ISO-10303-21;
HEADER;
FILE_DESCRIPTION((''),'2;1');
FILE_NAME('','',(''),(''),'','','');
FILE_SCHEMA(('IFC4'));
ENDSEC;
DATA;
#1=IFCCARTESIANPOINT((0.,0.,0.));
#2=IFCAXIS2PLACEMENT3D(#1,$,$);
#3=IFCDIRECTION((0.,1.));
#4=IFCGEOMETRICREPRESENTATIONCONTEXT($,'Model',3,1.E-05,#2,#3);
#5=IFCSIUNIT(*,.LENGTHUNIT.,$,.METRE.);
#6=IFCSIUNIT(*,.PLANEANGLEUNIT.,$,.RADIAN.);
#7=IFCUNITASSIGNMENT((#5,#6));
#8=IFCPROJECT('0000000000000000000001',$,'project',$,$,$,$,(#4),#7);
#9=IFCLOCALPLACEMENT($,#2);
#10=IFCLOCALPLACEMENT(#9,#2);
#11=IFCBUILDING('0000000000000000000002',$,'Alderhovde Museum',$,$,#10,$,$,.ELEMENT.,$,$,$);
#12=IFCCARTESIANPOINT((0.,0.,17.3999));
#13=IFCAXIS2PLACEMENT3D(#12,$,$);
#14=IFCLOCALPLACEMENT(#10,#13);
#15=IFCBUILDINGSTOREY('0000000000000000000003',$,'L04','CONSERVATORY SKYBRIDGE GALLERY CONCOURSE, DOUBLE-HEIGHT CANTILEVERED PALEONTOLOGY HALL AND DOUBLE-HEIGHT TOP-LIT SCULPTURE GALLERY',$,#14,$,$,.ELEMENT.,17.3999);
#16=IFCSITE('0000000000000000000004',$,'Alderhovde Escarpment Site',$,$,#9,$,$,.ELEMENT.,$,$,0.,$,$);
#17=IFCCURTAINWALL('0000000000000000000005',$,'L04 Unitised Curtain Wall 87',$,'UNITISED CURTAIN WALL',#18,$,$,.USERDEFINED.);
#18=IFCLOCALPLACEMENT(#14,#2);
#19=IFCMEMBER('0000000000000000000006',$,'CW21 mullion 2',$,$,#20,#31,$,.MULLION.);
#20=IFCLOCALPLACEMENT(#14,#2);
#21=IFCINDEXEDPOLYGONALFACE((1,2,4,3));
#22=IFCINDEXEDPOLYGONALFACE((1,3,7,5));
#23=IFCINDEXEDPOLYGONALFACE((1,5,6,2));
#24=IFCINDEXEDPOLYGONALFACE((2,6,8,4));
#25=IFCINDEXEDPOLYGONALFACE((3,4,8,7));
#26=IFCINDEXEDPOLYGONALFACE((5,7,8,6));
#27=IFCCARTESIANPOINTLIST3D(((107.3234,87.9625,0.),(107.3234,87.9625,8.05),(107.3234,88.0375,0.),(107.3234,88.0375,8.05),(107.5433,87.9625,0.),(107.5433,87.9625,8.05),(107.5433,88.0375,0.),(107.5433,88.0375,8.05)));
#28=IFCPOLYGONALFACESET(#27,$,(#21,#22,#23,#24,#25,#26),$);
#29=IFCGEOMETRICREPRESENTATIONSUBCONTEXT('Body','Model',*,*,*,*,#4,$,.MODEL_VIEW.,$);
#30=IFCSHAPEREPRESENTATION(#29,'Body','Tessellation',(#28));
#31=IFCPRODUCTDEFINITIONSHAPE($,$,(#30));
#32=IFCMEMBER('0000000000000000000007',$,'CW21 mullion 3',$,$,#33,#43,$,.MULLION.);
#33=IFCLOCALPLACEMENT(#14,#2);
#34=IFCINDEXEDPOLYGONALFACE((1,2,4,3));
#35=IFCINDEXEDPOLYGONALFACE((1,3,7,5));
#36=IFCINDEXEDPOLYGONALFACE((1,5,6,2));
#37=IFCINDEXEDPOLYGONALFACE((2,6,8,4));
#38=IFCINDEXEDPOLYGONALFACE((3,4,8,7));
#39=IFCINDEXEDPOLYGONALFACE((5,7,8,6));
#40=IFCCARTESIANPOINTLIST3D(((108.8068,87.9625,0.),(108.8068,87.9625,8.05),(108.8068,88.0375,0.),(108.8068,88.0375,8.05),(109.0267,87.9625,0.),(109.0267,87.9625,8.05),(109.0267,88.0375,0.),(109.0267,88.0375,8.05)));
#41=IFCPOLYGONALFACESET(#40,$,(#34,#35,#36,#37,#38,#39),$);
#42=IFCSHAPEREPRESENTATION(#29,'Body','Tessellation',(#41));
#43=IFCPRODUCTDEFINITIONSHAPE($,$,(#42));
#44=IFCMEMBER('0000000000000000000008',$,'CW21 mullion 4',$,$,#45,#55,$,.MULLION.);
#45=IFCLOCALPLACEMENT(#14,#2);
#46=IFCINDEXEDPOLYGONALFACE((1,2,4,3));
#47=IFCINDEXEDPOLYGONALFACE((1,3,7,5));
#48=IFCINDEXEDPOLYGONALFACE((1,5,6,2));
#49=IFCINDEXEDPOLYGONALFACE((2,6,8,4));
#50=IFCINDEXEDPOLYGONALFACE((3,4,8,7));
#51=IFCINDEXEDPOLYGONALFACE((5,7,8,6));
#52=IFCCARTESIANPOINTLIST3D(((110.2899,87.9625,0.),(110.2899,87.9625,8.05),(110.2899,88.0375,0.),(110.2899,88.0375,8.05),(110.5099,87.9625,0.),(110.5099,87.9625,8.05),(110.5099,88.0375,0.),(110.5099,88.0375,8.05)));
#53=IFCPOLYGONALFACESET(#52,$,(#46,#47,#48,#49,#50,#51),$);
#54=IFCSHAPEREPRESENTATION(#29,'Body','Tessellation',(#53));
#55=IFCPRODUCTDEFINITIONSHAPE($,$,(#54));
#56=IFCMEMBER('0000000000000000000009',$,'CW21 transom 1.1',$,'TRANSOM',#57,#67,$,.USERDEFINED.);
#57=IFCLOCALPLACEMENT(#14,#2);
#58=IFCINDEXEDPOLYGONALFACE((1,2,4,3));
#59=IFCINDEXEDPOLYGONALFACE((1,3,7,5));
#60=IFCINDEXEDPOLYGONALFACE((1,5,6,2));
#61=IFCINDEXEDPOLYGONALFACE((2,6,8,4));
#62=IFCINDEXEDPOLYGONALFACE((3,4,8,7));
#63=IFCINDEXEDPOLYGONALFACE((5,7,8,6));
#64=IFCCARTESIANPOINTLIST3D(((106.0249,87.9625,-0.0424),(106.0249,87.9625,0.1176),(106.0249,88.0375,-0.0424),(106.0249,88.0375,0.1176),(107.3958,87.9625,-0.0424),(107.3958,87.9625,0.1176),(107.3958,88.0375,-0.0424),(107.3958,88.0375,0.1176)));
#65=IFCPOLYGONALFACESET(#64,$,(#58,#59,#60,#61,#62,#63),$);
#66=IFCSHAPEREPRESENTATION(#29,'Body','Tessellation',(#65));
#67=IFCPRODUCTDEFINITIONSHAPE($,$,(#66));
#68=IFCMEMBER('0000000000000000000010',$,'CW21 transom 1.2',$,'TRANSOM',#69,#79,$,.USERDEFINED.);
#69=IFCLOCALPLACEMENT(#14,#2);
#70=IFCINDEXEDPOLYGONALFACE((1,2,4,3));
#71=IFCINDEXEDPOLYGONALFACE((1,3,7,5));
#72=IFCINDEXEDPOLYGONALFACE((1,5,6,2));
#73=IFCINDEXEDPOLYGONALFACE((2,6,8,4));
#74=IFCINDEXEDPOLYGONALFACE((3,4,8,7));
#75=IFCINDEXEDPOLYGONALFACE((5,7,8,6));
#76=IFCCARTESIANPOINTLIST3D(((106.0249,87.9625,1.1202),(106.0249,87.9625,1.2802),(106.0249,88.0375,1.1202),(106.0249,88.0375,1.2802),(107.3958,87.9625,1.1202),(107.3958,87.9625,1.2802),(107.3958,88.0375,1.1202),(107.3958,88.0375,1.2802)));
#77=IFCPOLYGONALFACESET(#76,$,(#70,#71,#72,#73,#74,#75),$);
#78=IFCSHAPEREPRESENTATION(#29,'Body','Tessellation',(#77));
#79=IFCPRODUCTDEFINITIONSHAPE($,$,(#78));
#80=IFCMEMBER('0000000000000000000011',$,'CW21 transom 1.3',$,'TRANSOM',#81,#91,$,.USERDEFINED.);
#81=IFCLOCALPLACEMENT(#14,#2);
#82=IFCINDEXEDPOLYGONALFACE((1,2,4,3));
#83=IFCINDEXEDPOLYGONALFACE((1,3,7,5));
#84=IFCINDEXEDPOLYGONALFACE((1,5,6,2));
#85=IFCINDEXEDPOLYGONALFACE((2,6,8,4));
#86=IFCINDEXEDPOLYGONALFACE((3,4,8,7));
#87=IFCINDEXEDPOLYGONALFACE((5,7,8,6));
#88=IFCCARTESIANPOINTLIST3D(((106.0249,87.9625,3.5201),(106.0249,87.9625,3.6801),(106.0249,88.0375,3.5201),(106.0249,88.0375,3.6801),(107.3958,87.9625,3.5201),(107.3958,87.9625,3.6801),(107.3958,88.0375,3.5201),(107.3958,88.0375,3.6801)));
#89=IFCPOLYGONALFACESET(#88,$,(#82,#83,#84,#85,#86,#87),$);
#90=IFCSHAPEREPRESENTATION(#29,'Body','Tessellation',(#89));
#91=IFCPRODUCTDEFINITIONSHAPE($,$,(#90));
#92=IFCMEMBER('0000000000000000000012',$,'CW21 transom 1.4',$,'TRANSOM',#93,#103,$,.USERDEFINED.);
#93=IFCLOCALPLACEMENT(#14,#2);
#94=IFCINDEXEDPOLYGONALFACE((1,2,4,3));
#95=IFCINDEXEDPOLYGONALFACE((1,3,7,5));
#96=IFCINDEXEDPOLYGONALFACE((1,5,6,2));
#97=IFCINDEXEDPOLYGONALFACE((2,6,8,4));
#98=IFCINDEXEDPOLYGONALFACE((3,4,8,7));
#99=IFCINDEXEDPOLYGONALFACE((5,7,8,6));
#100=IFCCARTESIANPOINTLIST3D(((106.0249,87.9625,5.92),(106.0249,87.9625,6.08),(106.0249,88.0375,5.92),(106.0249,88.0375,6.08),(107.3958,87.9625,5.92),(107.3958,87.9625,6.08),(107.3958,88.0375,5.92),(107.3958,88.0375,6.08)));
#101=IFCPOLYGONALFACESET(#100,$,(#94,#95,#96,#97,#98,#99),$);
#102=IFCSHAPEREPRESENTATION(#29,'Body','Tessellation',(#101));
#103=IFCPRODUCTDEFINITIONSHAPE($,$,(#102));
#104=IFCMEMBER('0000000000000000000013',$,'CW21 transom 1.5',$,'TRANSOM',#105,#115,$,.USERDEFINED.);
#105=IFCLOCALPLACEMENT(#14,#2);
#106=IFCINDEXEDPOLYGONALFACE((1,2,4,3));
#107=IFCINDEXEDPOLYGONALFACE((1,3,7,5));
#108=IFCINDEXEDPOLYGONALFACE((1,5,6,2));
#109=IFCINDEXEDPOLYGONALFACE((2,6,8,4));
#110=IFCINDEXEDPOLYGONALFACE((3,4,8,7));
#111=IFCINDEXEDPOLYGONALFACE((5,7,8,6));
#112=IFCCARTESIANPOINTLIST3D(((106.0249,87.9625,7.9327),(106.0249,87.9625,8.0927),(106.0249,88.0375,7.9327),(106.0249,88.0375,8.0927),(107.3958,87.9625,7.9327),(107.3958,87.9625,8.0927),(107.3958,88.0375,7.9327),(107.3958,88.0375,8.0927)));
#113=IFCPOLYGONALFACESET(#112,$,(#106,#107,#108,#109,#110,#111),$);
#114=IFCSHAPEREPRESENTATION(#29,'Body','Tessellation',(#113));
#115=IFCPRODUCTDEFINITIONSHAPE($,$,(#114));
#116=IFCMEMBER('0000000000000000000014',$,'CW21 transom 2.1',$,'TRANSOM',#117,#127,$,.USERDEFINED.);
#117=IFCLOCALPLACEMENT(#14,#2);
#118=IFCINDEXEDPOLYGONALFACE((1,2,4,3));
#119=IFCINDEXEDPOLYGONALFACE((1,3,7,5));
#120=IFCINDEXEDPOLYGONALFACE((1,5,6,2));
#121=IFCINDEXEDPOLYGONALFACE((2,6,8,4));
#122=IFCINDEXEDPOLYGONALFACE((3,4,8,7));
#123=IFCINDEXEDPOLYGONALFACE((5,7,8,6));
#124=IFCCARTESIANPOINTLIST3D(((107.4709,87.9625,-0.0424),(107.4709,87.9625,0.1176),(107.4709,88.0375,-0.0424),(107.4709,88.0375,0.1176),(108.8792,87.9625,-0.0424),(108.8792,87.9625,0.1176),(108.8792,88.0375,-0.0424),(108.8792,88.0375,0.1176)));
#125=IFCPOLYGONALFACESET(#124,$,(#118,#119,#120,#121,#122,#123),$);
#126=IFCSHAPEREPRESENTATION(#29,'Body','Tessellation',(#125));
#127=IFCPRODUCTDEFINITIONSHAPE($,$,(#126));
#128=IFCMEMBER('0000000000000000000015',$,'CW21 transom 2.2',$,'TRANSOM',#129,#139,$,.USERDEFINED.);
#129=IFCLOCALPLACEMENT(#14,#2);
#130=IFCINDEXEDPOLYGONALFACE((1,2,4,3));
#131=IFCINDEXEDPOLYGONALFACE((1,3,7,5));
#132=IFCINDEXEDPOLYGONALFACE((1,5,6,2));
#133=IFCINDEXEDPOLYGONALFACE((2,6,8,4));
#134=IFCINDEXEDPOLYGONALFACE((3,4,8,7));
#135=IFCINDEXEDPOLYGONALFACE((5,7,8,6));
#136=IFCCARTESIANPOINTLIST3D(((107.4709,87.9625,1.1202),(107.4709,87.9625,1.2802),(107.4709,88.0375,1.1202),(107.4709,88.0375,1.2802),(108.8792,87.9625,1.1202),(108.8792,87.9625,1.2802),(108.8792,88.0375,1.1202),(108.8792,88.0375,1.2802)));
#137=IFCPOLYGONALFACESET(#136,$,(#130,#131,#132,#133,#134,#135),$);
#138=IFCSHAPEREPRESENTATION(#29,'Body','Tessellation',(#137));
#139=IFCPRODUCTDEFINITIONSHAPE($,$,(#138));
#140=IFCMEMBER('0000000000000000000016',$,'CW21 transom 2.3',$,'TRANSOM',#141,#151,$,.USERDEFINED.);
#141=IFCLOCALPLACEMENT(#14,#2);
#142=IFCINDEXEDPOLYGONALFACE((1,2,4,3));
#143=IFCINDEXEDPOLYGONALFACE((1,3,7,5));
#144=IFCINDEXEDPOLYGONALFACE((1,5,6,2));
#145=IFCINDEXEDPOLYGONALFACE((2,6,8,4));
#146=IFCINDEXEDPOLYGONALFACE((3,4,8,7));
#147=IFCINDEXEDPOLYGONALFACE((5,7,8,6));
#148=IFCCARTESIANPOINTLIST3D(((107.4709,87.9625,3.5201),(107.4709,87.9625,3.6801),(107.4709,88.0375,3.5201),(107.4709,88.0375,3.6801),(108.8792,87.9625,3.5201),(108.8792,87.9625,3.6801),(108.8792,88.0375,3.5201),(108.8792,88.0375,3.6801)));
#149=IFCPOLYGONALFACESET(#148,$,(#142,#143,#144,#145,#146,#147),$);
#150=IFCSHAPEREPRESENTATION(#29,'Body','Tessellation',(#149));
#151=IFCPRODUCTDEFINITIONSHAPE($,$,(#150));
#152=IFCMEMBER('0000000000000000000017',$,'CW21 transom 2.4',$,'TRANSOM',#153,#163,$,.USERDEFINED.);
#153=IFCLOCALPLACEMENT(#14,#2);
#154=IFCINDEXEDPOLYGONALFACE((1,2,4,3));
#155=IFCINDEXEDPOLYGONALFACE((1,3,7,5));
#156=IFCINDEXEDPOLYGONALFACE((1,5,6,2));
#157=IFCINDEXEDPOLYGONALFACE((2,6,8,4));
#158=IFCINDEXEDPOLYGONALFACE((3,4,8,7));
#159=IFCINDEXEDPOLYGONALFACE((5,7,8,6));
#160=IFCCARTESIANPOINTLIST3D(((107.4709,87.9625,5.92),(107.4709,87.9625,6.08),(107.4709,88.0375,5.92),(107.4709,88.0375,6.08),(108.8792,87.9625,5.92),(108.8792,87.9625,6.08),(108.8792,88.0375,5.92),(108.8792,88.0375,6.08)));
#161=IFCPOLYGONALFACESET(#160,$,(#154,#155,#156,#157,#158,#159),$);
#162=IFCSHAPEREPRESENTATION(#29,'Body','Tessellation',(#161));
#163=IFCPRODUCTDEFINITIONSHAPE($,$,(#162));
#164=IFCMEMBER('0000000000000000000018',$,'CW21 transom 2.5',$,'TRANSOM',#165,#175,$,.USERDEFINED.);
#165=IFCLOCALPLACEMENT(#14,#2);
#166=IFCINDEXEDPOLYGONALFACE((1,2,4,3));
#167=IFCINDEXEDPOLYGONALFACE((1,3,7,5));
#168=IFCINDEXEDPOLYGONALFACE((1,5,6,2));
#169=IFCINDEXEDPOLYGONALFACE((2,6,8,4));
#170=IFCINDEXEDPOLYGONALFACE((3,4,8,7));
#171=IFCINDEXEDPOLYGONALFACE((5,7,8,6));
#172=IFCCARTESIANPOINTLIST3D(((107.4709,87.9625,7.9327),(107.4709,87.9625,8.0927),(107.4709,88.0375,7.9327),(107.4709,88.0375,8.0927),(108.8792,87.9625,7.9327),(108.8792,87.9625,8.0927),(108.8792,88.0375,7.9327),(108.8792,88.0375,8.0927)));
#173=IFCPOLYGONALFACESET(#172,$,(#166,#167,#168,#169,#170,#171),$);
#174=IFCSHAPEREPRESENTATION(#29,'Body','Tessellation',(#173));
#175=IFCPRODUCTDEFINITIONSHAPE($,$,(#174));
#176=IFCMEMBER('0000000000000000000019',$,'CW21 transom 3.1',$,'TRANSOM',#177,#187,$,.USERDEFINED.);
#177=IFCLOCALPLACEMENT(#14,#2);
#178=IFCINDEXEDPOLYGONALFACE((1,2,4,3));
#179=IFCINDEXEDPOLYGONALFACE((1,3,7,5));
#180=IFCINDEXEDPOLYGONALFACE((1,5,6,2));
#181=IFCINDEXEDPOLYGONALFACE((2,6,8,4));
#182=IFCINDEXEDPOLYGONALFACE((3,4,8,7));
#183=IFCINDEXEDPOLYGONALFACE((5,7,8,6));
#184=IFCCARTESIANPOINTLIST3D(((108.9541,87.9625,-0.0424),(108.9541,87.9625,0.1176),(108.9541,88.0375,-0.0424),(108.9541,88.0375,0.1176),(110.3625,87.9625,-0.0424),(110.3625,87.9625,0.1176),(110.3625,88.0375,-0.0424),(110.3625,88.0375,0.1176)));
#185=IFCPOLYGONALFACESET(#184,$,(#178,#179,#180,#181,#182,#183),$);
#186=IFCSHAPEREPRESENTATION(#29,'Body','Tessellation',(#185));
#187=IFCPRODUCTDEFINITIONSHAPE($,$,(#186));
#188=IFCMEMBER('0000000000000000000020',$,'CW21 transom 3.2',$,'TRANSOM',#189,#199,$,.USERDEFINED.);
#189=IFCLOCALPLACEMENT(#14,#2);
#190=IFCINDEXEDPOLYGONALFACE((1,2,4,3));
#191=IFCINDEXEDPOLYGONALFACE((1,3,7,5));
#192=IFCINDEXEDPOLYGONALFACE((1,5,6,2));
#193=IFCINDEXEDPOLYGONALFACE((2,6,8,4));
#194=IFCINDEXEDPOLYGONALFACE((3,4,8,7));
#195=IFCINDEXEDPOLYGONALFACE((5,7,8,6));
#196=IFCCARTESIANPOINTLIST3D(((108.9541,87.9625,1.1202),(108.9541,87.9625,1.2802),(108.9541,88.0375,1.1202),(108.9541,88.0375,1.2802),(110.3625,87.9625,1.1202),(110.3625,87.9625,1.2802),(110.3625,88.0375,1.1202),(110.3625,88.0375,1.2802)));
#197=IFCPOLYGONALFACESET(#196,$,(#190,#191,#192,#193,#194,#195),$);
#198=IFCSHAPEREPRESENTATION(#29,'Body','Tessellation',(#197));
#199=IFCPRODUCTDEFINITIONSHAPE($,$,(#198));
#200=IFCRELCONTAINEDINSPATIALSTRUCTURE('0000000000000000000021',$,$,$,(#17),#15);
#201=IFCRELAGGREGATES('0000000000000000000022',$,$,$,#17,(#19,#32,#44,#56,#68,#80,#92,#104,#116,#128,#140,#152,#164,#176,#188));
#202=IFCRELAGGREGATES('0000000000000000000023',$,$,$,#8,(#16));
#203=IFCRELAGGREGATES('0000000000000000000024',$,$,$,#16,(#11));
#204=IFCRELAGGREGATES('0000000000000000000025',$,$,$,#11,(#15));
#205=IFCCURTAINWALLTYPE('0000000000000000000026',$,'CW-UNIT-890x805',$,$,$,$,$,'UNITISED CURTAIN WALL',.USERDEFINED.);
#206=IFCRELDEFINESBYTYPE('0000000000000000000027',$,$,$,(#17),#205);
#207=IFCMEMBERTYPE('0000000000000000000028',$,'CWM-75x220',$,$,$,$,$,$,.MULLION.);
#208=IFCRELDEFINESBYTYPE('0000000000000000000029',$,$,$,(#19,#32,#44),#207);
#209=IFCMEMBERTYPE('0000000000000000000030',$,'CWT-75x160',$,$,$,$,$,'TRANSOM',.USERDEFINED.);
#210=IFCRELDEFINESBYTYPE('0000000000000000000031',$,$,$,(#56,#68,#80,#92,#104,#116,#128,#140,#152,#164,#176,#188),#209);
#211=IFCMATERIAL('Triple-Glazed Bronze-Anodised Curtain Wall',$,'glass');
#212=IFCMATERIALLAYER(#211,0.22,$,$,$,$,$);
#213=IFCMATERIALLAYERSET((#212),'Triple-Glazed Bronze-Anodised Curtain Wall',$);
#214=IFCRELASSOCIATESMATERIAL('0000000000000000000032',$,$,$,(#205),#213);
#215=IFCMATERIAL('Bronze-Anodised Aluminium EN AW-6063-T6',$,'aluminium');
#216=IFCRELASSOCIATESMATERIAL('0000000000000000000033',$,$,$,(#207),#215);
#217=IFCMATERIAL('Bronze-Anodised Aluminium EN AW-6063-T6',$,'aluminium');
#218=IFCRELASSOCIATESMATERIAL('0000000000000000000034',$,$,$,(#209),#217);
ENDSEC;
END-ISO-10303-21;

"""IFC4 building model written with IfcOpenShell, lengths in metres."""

from ifc_helpers import new_model, si_unit, direction, frame, origin, origin_2d, place, context, subcontext, project, spatial, rectangle, extrude, material, layer, layer_set, material_profile, profile_set, type_object, element, aggregate, save


model = new_model("IFC4")

# Units and contexts
model_context = context("Model", 3, precision=1e-05, world=origin(), true_north=direction((0.0, 1.0)))
body_context = subcontext(model_context, "Body", "Model", "MODEL_VIEW")
ifc_project = project(units=[si_unit("LENGTHUNIT", "METRE"), si_unit("PLANEANGLEUNIT", "RADIAN")], contexts=[model_context])

# Site, building, storey
site_placement = place(None, origin())
site = spatial("IfcSite", under=ifc_project, at=site_placement, Name="Alderhovde Escarpment Site", CompositionType="ELEMENT", RefElevation=0.0)
building_placement = place(site_placement, origin())
building = spatial("IfcBuilding", under=site, at=building_placement, Name="Alderhovde Museum", CompositionType="ELEMENT")
storey_placement = place(building_placement, frame((0.0, 0.0, 17.3999)))
storey = spatial("IfcBuildingStorey", under=building, at=storey_placement, Name="L04", Description="CONSERVATORY SKYBRIDGE GALLERY CONCOURSE, DOUBLE-HEIGHT CANTILEVERED PALEONTOLOGY HALL AND DOUBLE-HEIGHT TOP-LIT SCULPTURE GALLERY", CompositionType="ELEMENT", Elevation=17.3999)

# Curtain wall, members
ifc_material_1 = material(Name="Triple-Glazed Bronze-Anodised Curtain Wall", Category="glass")
ifc_layer_1 = layer(ifc_material_1, 0.22)
ifc_layer_set_1 = layer_set([ifc_layer_1], Name="Triple-Glazed Bronze-Anodised Curtain Wall")
curtain_wall_type = type_object("IfcCurtainWallType", Name="CW-UNIT-890x805", ElementType="UNITISED CURTAIN WALL", PredefinedType="USERDEFINED", material=ifc_layer_set_1)
curtain_wall_placement = place(storey_placement, origin())
curtain_wall = element("IfcCurtainWall", 1, at=curtain_wall_placement, inside=storey, type_object=curtain_wall_type, Name="L04 Unitised Curtain Wall 87", ObjectType="UNITISED CURTAIN WALL", PredefinedType="USERDEFINED")
ifc_material_2 = material(Name="Bronze-Anodised Aluminium EN AW-6063-T6", Category="aluminium")
ifc_material_profile_1 = material_profile(ifc_material_2, rectangle(XDim=0.075, YDim=0.22, at=origin_2d()), Name="MULLION 75x220")
ifc_profile_set_1 = profile_set([ifc_material_profile_1], Name="Bronze-Anodised Aluminium EN AW-6063-T6")
member_type_1 = type_object("IfcMemberType", Name="CWM-75x220", PredefinedType="MULLION", material=ifc_profile_set_1)
member_1_placement = place(storey_placement, frame((107.4333, 88.0, 0.0), z_axis=(0.0, 0.0, 1.0), x_axis=(0.0, 1.0, 0.0)))
member_1 = element("IfcMember", 2, at=member_1_placement, type_object=member_type_1, Name="CW21 mullion 2", PredefinedType="MULLION", context=body_context, shape_type="SweptSolid", body=[
    extrude(rectangle(XDim=0.075, YDim=0.22, at=origin_2d()), origin(), (0.0, 0.0, 1.0), 8.05),
])
member_2_placement = place(storey_placement, frame((108.9167, 88.0, 0.0), z_axis=(0.0, 0.0, 1.0), x_axis=(0.0, 1.0, 0.0)))
member_2 = element("IfcMember", 3, at=member_2_placement, type_object=member_type_1, Name="CW21 mullion 3", PredefinedType="MULLION", context=body_context, shape_type="SweptSolid", body=[
    extrude(rectangle(XDim=0.075, YDim=0.22, at=origin_2d()), origin(), (0.0, 0.0, 1.0), 8.05),
])
member_3_placement = place(storey_placement, frame((110.3999, 88.0, 0.0), z_axis=(0.0, 0.0, 1.0), x_axis=(0.0, 1.0, 0.0)))
member_3 = element("IfcMember", 4, at=member_3_placement, type_object=member_type_1, Name="CW21 mullion 4", PredefinedType="MULLION", context=body_context, shape_type="SweptSolid", body=[
    extrude(rectangle(XDim=0.075, YDim=0.22, at=origin_2d()), origin(), (0.0, 0.0, 1.0), 8.05),
])
ifc_material_3 = material(Name="Bronze-Anodised Aluminium EN AW-6063-T6", Category="aluminium")
ifc_material_profile_2 = material_profile(ifc_material_3, rectangle(XDim=0.075, YDim=0.1599, at=origin_2d()), Name="TRANSOM 75x160")
ifc_profile_set_2 = profile_set([ifc_material_profile_2], Name="Bronze-Anodised Aluminium EN AW-6063-T6")
member_type_2 = type_object("IfcMemberType", Name="CWT-75x160", ElementType="TRANSOM", PredefinedType="USERDEFINED", material=ifc_profile_set_2)
member_4_placement = place(storey_placement, frame((106.0249, 88.0, 0.0376), z_axis=(1.0, 0.0, 0.0), x_axis=(0.0, 1.0, 0.0)))
member_4 = element("IfcMember", 5, at=member_4_placement, type_object=member_type_2, Name="CW21 transom 1.1", ObjectType="TRANSOM", PredefinedType="USERDEFINED", context=body_context, shape_type="SweptSolid", body=[
    extrude(rectangle(XDim=0.075, YDim=0.1599, at=origin_2d()), origin(), (0.0, 0.0, 1.0), 1.3708),
])
member_5_placement = place(storey_placement, frame((106.0249, 88.0, 1.2002), z_axis=(1.0, 0.0, 0.0), x_axis=(0.0, 1.0, 0.0)))
member_5 = element("IfcMember", 6, at=member_5_placement, type_object=member_type_2, Name="CW21 transom 1.2", ObjectType="TRANSOM", PredefinedType="USERDEFINED", context=body_context, shape_type="SweptSolid", body=[
    extrude(rectangle(XDim=0.075, YDim=0.1599, at=origin_2d()), origin(), (0.0, 0.0, 1.0), 1.3708),
])
member_6_placement = place(storey_placement, frame((106.0249, 88.0, 3.6001), z_axis=(1.0, 0.0, 0.0), x_axis=(0.0, 1.0, 0.0)))
member_6 = element("IfcMember", 7, at=member_6_placement, type_object=member_type_2, Name="CW21 transom 1.3", ObjectType="TRANSOM", PredefinedType="USERDEFINED", context=body_context, shape_type="SweptSolid", body=[
    extrude(rectangle(XDim=0.075, YDim=0.1599, at=origin_2d()), origin(), (0.0, 0.0, 1.0), 1.3708),
])
member_7_placement = place(storey_placement, frame((106.0249, 88.0, 6.0), z_axis=(1.0, 0.0, 0.0), x_axis=(0.0, 1.0, 0.0)))
member_7 = element("IfcMember", 8, at=member_7_placement, type_object=member_type_2, Name="CW21 transom 1.4", ObjectType="TRANSOM", PredefinedType="USERDEFINED", context=body_context, shape_type="SweptSolid", body=[
    extrude(rectangle(XDim=0.075, YDim=0.1599, at=origin_2d()), origin(), (0.0, 0.0, 1.0), 1.3708),
])
member_8_placement = place(storey_placement, frame((106.0249, 88.0, 8.0127), z_axis=(1.0, 0.0, 0.0), x_axis=(0.0, 1.0, 0.0)))
member_8 = element("IfcMember", 9, at=member_8_placement, type_object=member_type_2, Name="CW21 transom 1.5", ObjectType="TRANSOM", PredefinedType="USERDEFINED", context=body_context, shape_type="SweptSolid", body=[
    extrude(rectangle(XDim=0.075, YDim=0.1599, at=origin_2d()), origin(), (0.0, 0.0, 1.0), 1.3708),
])
member_9_placement = place(storey_placement, frame((107.4709, 88.0, 0.0376), z_axis=(1.0, 0.0, 0.0), x_axis=(0.0, 1.0, 0.0)))
member_9 = element("IfcMember", 10, at=member_9_placement, type_object=member_type_2, Name="CW21 transom 2.1", ObjectType="TRANSOM", PredefinedType="USERDEFINED", context=body_context, shape_type="SweptSolid", body=[
    extrude(rectangle(XDim=0.075, YDim=0.1599, at=origin_2d()), origin(), (0.0, 0.0, 1.0), 1.4082),
])
member_10_placement = place(storey_placement, frame((107.4709, 88.0, 1.2002), z_axis=(1.0, 0.0, 0.0), x_axis=(0.0, 1.0, 0.0)))
member_10 = element("IfcMember", 11, at=member_10_placement, type_object=member_type_2, Name="CW21 transom 2.2", ObjectType="TRANSOM", PredefinedType="USERDEFINED", context=body_context, shape_type="SweptSolid", body=[
    extrude(rectangle(XDim=0.075, YDim=0.1599, at=origin_2d()), origin(), (0.0, 0.0, 1.0), 1.4082),
])
member_11_placement = place(storey_placement, frame((107.4709, 88.0, 3.6001), z_axis=(1.0, 0.0, 0.0), x_axis=(0.0, 1.0, 0.0)))
member_11 = element("IfcMember", 12, at=member_11_placement, type_object=member_type_2, Name="CW21 transom 2.3", ObjectType="TRANSOM", PredefinedType="USERDEFINED", context=body_context, shape_type="SweptSolid", body=[
    extrude(rectangle(XDim=0.075, YDim=0.1599, at=origin_2d()), origin(), (0.0, 0.0, 1.0), 1.4082),
])
member_12_placement = place(storey_placement, frame((107.4709, 88.0, 6.0), z_axis=(1.0, 0.0, 0.0), x_axis=(0.0, 1.0, 0.0)))
member_12 = element("IfcMember", 13, at=member_12_placement, type_object=member_type_2, Name="CW21 transom 2.4", ObjectType="TRANSOM", PredefinedType="USERDEFINED", context=body_context, shape_type="SweptSolid", body=[
    extrude(rectangle(XDim=0.075, YDim=0.1599, at=origin_2d()), origin(), (0.0, 0.0, 1.0), 1.4082),
])
member_13_placement = place(storey_placement, frame((107.4709, 88.0, 8.0127), z_axis=(1.0, 0.0, 0.0), x_axis=(0.0, 1.0, 0.0)))
member_13 = element("IfcMember", 14, at=member_13_placement, type_object=member_type_2, Name="CW21 transom 2.5", ObjectType="TRANSOM", PredefinedType="USERDEFINED", context=body_context, shape_type="SweptSolid", body=[
    extrude(rectangle(XDim=0.075, YDim=0.1599, at=origin_2d()), origin(), (0.0, 0.0, 1.0), 1.4082),
])
member_14_placement = place(storey_placement, frame((108.9541, 88.0, 0.0376), z_axis=(1.0, 0.0, 0.0), x_axis=(0.0, 1.0, 0.0)))
member_14 = element("IfcMember", 15, at=member_14_placement, type_object=member_type_2, Name="CW21 transom 3.1", ObjectType="TRANSOM", PredefinedType="USERDEFINED", context=body_context, shape_type="SweptSolid", body=[
    extrude(rectangle(XDim=0.075, YDim=0.1599, at=origin_2d()), origin(), (0.0, 0.0, 1.0), 1.4084),
])
member_15_placement = place(storey_placement, frame((108.9541, 88.0, 1.2002), z_axis=(1.0, 0.0, 0.0), x_axis=(0.0, 1.0, 0.0)))
member_15 = element("IfcMember", 16, at=member_15_placement, type_object=member_type_2, Name="CW21 transom 3.2", ObjectType="TRANSOM", PredefinedType="USERDEFINED", context=body_context, shape_type="SweptSolid", body=[
    extrude(rectangle(XDim=0.075, YDim=0.1599, at=origin_2d()), origin(), (0.0, 0.0, 1.0), 1.4084),
])

aggregate(curtain_wall, [member_1, member_2, member_3, member_4, member_5, member_6, member_7, member_8, member_9, member_10, member_11, member_12, member_13, member_14, member_15])

save(model, "model.ifc")
